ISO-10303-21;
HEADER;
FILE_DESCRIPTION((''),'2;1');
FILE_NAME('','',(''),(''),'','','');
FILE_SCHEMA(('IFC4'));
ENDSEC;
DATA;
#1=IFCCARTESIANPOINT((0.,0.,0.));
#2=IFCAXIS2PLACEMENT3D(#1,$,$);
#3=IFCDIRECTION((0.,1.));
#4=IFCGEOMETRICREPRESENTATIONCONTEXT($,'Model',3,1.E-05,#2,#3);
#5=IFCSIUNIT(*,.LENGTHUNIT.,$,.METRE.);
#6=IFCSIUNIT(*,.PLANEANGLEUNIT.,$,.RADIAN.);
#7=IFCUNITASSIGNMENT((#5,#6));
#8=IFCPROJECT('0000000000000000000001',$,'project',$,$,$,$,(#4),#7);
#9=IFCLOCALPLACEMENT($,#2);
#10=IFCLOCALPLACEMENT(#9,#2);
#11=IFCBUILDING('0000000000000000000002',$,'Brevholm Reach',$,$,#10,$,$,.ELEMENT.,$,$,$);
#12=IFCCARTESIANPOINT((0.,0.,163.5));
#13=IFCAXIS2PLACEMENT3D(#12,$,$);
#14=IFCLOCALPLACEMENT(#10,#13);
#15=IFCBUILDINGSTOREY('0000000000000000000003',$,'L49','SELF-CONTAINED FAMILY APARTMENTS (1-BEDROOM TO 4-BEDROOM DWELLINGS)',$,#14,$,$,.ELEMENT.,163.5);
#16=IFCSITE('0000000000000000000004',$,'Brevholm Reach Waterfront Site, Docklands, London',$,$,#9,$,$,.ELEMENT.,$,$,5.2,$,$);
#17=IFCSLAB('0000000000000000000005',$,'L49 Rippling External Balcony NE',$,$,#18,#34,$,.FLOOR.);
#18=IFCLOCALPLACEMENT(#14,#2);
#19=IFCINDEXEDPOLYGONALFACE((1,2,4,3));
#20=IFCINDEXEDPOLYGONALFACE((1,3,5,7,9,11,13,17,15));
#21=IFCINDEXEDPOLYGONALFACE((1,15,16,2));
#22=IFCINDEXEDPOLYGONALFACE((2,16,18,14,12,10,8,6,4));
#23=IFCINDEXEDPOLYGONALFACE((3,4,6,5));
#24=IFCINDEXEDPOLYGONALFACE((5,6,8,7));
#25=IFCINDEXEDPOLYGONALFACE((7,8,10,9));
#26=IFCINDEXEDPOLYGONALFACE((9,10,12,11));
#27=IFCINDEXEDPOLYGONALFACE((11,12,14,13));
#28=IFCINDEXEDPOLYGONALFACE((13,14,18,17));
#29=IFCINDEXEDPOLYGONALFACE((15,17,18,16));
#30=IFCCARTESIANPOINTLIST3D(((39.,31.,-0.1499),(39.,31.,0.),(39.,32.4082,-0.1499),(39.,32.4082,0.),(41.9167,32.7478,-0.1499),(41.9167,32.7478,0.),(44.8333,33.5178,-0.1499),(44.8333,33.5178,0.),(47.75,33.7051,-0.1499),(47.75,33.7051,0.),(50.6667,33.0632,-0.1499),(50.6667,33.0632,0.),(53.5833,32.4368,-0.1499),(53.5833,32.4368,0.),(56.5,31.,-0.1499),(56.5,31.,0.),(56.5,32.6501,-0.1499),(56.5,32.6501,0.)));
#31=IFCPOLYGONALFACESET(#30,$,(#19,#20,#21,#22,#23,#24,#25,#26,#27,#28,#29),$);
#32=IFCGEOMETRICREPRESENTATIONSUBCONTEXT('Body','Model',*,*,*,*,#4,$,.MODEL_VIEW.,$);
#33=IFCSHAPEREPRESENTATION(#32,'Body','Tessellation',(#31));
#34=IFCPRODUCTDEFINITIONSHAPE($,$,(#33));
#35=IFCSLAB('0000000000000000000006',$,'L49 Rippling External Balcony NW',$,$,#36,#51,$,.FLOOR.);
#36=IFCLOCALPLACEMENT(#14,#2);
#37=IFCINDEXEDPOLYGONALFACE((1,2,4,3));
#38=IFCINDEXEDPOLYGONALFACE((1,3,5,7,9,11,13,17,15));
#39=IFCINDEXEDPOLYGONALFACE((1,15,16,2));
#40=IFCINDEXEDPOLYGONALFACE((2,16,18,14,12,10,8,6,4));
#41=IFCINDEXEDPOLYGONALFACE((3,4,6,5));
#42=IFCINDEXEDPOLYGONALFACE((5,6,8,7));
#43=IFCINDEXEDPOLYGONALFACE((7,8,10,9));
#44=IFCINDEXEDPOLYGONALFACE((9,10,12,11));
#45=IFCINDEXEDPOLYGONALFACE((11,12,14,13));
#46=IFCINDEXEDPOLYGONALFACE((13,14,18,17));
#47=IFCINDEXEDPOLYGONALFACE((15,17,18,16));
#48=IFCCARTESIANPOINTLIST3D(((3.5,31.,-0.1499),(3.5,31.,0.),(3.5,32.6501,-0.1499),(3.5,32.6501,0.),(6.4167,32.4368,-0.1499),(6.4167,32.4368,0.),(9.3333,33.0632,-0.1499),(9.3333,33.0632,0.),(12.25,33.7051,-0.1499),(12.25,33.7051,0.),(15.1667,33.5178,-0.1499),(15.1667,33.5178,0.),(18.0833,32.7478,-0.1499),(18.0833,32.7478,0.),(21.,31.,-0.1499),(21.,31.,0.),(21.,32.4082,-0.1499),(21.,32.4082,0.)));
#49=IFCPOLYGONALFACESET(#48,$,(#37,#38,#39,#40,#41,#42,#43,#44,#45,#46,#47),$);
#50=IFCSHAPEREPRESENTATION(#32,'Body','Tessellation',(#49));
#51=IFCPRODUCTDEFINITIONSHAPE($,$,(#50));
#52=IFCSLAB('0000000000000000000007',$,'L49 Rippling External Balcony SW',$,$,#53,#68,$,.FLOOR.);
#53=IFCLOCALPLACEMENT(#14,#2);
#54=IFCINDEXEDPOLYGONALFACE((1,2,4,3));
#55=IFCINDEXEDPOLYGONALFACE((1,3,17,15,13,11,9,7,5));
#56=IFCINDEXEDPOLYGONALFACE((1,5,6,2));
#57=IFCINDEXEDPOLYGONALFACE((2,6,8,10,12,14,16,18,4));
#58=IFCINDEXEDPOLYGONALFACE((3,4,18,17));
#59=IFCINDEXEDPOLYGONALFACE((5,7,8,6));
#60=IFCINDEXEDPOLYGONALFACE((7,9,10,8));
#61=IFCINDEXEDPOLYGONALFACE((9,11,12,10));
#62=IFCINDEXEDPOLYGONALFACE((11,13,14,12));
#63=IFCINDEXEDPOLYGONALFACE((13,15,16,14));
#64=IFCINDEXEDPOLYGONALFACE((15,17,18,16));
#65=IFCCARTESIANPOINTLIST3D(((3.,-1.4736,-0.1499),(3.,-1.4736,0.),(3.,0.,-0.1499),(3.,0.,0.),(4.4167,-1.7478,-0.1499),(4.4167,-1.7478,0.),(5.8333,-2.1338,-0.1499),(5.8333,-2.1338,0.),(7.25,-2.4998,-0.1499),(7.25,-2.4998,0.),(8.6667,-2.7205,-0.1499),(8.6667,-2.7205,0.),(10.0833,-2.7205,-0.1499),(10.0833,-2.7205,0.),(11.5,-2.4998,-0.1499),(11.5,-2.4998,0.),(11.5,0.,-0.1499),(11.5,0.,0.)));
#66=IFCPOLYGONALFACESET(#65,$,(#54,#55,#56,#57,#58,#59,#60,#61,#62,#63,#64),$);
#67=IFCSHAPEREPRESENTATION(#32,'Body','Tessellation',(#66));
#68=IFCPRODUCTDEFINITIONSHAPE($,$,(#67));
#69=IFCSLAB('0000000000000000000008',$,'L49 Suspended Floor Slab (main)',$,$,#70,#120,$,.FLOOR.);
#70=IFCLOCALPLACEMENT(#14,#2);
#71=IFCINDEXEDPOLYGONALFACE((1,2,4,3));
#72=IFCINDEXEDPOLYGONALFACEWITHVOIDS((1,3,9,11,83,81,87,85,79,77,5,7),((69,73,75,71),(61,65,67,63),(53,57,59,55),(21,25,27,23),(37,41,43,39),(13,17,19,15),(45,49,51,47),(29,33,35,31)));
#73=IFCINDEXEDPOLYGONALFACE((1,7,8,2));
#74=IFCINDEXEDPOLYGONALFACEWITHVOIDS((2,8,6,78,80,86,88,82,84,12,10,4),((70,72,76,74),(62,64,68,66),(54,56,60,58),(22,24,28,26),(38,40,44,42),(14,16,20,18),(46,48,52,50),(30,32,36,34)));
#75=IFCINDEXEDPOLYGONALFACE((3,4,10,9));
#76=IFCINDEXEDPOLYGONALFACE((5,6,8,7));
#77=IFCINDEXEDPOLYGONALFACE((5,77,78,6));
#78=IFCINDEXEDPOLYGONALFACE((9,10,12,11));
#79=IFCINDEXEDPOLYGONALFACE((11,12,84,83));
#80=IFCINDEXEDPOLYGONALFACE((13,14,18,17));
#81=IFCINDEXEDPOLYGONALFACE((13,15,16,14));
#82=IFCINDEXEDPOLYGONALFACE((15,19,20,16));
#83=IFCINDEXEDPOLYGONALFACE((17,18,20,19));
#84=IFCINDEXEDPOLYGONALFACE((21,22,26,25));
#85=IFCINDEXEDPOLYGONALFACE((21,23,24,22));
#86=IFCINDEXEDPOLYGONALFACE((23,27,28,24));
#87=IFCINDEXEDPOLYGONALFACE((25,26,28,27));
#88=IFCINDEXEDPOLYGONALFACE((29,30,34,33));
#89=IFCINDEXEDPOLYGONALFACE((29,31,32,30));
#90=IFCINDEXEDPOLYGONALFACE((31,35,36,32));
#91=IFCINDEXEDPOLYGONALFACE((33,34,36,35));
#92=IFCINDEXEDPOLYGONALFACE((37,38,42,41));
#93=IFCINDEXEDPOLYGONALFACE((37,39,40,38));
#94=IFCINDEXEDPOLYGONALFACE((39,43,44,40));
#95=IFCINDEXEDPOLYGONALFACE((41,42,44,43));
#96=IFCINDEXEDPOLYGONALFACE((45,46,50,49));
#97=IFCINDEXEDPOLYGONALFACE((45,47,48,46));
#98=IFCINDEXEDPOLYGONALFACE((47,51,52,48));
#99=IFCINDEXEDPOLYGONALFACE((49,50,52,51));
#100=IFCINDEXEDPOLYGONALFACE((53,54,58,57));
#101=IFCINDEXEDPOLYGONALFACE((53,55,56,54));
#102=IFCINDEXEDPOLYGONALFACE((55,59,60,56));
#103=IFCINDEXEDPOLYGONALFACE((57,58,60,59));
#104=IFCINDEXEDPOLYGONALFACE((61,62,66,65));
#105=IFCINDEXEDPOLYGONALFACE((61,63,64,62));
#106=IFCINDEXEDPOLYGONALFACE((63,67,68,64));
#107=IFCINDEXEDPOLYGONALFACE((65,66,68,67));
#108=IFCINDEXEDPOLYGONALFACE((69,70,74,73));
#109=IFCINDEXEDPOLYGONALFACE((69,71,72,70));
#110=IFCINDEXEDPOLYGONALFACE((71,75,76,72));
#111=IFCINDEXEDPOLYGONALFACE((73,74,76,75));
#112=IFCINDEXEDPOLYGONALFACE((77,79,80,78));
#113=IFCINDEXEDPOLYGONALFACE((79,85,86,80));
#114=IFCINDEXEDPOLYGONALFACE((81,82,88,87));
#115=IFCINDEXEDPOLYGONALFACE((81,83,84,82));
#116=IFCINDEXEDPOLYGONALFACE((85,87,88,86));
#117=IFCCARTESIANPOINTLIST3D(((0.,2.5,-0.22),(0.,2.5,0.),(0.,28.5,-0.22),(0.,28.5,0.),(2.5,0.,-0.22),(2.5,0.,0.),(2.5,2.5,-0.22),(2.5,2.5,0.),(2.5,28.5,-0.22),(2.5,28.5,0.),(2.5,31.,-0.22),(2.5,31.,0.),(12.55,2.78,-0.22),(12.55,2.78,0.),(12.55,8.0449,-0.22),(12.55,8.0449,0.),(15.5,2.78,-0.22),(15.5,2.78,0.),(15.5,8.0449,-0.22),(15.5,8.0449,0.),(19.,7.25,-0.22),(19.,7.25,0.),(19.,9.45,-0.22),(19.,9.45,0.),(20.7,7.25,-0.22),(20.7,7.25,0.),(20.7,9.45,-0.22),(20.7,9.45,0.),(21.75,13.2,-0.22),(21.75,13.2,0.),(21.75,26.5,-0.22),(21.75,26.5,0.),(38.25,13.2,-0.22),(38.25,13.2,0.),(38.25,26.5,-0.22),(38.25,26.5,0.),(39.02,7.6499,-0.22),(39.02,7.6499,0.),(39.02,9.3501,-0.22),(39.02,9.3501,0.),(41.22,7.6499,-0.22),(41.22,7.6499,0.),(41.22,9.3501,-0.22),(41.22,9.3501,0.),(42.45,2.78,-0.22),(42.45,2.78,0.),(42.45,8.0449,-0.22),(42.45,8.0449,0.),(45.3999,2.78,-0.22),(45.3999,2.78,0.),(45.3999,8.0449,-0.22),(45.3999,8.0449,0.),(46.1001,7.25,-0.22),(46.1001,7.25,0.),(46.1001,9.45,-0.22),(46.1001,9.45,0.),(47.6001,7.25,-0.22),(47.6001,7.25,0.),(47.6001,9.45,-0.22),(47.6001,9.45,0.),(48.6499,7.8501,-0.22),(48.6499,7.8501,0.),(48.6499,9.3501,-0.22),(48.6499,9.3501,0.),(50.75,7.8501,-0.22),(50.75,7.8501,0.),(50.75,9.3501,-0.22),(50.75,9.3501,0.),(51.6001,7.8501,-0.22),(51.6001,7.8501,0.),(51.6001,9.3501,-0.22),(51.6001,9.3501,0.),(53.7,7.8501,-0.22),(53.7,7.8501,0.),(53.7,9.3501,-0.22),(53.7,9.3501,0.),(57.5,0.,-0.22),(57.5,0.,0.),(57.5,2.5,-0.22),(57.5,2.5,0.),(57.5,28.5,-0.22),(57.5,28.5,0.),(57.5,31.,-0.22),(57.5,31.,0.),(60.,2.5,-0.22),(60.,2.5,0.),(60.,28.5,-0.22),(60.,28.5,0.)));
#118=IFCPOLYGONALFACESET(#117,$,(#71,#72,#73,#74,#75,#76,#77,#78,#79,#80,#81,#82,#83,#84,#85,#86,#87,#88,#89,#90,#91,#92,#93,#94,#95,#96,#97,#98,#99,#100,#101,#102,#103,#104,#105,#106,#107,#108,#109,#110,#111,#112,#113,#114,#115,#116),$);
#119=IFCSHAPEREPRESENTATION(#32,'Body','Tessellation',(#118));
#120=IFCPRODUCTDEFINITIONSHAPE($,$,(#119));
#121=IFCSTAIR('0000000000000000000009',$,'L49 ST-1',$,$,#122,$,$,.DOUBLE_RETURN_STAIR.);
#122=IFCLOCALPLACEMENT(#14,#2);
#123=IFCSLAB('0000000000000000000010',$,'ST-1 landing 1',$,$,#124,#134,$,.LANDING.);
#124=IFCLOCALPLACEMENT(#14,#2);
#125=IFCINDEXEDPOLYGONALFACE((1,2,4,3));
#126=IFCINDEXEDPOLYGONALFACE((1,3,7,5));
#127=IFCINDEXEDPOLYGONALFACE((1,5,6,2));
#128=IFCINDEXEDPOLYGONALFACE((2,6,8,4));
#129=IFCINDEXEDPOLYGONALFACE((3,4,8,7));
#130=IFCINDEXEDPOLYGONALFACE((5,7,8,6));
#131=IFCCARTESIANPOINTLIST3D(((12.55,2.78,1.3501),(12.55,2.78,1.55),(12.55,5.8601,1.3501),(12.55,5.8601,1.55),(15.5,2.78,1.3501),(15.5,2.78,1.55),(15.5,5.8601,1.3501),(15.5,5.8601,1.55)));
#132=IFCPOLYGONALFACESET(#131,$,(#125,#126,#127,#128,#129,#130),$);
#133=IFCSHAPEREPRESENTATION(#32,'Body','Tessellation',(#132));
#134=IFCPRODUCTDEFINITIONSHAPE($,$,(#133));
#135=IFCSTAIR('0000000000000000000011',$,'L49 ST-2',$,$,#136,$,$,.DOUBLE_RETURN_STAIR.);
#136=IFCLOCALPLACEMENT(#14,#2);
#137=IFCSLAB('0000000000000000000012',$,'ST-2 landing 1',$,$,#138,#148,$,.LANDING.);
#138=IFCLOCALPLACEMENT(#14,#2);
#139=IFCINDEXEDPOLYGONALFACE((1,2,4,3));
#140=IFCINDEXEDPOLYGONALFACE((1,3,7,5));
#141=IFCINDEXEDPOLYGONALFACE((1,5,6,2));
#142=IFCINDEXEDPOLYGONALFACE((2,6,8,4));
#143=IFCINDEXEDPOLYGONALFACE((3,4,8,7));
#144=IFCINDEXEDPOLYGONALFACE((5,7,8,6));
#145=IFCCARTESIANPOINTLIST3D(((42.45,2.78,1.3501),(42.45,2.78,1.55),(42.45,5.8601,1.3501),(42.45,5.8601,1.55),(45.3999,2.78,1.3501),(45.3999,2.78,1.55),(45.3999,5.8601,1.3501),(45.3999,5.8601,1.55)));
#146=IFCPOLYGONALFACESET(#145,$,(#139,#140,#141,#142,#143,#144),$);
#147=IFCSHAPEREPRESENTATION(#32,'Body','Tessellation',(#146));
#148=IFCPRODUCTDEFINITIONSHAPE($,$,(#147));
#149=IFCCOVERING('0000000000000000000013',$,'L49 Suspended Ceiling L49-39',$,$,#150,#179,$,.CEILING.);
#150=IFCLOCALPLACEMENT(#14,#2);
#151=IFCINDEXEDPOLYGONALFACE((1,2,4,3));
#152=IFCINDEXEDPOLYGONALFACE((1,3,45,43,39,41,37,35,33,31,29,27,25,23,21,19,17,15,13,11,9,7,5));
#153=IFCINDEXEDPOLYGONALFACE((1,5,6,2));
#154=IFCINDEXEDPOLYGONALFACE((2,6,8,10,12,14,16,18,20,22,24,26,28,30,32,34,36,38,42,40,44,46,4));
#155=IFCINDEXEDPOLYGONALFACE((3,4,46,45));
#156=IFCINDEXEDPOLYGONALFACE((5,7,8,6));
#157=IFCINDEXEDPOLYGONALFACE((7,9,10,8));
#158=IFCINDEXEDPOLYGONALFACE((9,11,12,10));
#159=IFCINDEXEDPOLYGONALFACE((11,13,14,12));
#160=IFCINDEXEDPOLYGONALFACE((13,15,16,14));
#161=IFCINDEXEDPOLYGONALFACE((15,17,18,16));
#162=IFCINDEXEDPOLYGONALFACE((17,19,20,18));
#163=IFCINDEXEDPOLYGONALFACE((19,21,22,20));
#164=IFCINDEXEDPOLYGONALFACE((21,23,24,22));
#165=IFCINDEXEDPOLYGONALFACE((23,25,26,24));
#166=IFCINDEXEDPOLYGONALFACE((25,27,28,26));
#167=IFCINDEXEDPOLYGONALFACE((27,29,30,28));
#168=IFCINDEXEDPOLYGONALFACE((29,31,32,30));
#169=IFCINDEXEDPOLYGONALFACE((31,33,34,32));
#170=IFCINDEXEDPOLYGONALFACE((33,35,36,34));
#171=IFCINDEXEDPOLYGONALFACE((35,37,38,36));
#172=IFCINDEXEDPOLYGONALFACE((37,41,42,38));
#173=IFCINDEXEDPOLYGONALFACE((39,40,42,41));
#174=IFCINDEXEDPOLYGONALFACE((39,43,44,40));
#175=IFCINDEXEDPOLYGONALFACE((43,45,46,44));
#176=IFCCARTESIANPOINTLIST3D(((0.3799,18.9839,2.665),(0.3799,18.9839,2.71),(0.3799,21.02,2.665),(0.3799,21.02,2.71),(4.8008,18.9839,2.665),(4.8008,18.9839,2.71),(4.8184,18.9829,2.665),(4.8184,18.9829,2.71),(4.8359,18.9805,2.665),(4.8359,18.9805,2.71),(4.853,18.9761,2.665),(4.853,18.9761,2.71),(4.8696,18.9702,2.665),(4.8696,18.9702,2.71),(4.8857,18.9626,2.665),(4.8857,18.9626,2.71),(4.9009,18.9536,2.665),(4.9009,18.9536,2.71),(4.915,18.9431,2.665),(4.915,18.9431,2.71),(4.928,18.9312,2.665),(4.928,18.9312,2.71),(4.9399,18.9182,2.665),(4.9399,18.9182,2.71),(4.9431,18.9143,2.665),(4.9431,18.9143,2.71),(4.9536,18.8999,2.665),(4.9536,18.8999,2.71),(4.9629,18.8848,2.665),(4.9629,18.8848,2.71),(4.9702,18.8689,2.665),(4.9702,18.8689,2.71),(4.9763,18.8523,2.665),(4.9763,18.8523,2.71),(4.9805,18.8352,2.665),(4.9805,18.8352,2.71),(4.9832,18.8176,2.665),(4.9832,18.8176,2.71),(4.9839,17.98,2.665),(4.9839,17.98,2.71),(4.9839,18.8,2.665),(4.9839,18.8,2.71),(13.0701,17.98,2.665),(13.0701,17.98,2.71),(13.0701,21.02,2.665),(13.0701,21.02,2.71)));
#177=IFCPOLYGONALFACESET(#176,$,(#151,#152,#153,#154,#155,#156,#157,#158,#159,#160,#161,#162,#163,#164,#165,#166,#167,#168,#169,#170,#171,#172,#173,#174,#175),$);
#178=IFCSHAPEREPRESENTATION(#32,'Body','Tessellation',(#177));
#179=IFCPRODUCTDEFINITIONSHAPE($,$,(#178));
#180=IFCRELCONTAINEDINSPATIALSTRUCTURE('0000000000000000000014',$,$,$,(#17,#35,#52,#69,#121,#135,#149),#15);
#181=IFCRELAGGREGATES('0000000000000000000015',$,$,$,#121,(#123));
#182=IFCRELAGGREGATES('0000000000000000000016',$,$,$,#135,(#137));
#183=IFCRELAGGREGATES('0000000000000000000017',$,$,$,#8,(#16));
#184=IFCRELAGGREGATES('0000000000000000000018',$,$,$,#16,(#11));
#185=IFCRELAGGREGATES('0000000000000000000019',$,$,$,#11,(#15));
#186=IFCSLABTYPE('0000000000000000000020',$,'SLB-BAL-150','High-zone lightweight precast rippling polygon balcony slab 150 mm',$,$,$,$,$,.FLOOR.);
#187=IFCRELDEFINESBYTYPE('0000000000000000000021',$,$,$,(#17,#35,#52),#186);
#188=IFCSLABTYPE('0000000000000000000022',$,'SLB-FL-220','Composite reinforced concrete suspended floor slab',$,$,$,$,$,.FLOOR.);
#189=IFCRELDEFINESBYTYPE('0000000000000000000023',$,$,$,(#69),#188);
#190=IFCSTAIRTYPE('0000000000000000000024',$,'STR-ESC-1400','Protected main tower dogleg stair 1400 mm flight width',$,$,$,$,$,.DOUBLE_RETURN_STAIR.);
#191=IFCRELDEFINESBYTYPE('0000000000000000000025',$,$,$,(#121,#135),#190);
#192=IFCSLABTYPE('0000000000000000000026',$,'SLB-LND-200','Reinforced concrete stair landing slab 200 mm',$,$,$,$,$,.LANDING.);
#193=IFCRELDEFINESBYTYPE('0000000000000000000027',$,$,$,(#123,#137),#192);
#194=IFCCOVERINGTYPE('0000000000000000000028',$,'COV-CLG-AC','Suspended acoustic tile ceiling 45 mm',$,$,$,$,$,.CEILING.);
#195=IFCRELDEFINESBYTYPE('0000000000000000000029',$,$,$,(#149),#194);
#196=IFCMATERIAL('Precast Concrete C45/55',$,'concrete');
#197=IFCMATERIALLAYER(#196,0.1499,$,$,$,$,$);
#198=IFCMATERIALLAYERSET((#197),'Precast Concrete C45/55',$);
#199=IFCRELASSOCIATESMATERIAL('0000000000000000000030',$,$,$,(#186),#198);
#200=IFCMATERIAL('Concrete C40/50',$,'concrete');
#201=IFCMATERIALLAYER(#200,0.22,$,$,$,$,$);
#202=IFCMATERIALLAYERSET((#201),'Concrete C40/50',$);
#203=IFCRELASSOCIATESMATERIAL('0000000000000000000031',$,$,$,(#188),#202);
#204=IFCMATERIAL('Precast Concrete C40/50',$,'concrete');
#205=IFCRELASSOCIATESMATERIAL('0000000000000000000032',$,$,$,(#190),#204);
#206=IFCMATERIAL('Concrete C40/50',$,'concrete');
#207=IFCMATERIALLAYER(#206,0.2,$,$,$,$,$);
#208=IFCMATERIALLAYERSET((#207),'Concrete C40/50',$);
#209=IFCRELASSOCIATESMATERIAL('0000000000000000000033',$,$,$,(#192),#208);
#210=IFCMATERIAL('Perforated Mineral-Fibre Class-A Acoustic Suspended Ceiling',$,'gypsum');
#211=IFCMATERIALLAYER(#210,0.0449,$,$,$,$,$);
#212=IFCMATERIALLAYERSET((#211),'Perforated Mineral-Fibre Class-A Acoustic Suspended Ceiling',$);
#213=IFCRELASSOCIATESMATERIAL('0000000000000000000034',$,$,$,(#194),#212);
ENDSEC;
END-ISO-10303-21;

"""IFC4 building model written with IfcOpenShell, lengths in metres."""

from ifc_helpers import new_model, si_unit, direction, frame, origin, place, context, subcontext, project, spatial, polyline, outline, extrude, material, layer, layer_set, type_object, element, aggregate, save


model = new_model("IFC4")

# Units and contexts
model_context = context("Model", 3, precision=1e-05, world=origin(), true_north=direction((0.0, 1.0)))
body_context = subcontext(model_context, "Body", "Model", "MODEL_VIEW")
ifc_project = project(units=[si_unit("LENGTHUNIT", "METRE"), si_unit("PLANEANGLEUNIT", "RADIAN")], contexts=[model_context])

# Site, building, storey
site_placement = place(None, origin())
site = spatial("IfcSite", under=ifc_project, at=site_placement, Name="Brevholm Reach Waterfront Site, Docklands, London", CompositionType="ELEMENT", RefElevation=5.2)
building_placement = place(site_placement, origin())
building = spatial("IfcBuilding", under=site, at=building_placement, Name="Brevholm Reach", CompositionType="ELEMENT")
storey_placement = place(building_placement, frame((0.0, 0.0, 163.5)))
storey = spatial("IfcBuildingStorey", under=building, at=storey_placement, Name="L49", Description="SELF-CONTAINED FAMILY APARTMENTS (1-BEDROOM TO 4-BEDROOM DWELLINGS)", CompositionType="ELEMENT", Elevation=163.5)

# Slabs
ifc_material_1 = material(Name="Precast Concrete C45/55", Category="concrete")
ifc_layer_1 = layer(ifc_material_1, 0.1499)
ifc_layer_set_1 = layer_set([ifc_layer_1], Name="Precast Concrete C45/55")
slab_type_1 = type_object("IfcSlabType", Name="SLB-BAL-150", Description="High-zone lightweight precast rippling polygon balcony slab 150 mm", PredefinedType="FLOOR", material=ifc_layer_set_1)
slab_1_placement = place(storey_placement, frame((0.0, 0.0, -0.1499)))
element("IfcSlab", 1, at=slab_1_placement, inside=storey, type_object=slab_type_1, Name="L49 Rippling External Balcony NE", PredefinedType="FLOOR", context=body_context, shape_type="SweptSolid", body=[
    extrude(outline(polyline([(39.0, 31.0), (56.5, 31.0), (56.5, 32.6501), (53.5833, 32.4368), (50.6667, 33.0632), (47.75, 33.7051), (44.8333, 33.5178), (41.9167, 32.7478), (39.0, 32.4082), (39.0, 31.0)])), origin(), (0.0, 0.0, 1.0), 0.1499),
])
slab_2_placement = place(storey_placement, frame((0.0, 0.0, -0.1499)))
element("IfcSlab", 2, at=slab_2_placement, inside=storey, type_object=slab_type_1, Name="L49 Rippling External Balcony NW", PredefinedType="FLOOR", context=body_context, shape_type="SweptSolid", body=[
    extrude(outline(polyline([(3.5, 31.0), (21.0, 31.0), (21.0, 32.4082), (18.0833, 32.7478), (15.1667, 33.5178), (12.25, 33.7051), (9.3333, 33.0632), (6.4167, 32.4368), (3.5, 32.6501), (3.5, 31.0)])), origin(), (0.0, 0.0, 1.0), 0.1499),
])
slab_3_placement = place(storey_placement, frame((0.0, 0.0, -0.1499)))
element("IfcSlab", 3, at=slab_3_placement, inside=storey, type_object=slab_type_1, Name="L49 Rippling External Balcony SW", PredefinedType="FLOOR", context=body_context, shape_type="SweptSolid", body=[
    extrude(outline(polyline([(3.0, -1.4736), (4.4167, -1.7478), (5.8333, -2.1338), (7.25, -2.4998), (8.6667, -2.7205), (10.0833, -2.7205), (11.5, -2.4998), (11.5, 0.0), (3.0, 0.0), (3.0, -1.4736)])), origin(), (0.0, 0.0, 1.0), 0.1499),
])
ifc_material_2 = material(Name="Concrete C40/50", Category="concrete")
ifc_layer_2 = layer(ifc_material_2, 0.22)
ifc_layer_set_2 = layer_set([ifc_layer_2], Name="Concrete C40/50")
slab_type_2 = type_object("IfcSlabType", Name="SLB-FL-220", Description="Composite reinforced concrete suspended floor slab", PredefinedType="FLOOR", material=ifc_layer_set_2)
slab_4_placement = place(storey_placement, frame((0.0, 0.0, -0.22)))
element("IfcSlab", 4, at=slab_4_placement, inside=storey, type_object=slab_type_2, Name="L49 Suspended Floor Slab (main)", PredefinedType="FLOOR", context=body_context, shape_type="SweptSolid", body=[
    extrude(outline(polyline([(2.5, 0.0), (57.5, 0.0), (57.5, 2.5), (60.0, 2.5), (60.0, 28.5), (57.5, 28.5), (57.5, 31.0), (2.5, 31.0), (2.5, 28.5), (0.0, 28.5), (0.0, 2.5), (2.5, 2.5), (2.5, 0.0)]), holes=[polyline([(21.75, 13.2), (38.25, 13.2), (38.25, 26.5), (21.75, 26.5), (21.75, 13.2)]), polyline([(12.55, 2.78), (15.5, 2.78), (15.5, 8.0449), (12.55, 8.0449), (12.55, 2.78)]), polyline([(42.45, 2.78), (45.3999, 2.78), (45.3999, 8.0449), (42.45, 8.0449), (42.45, 2.78)]), polyline([(19.0, 7.25), (20.7, 7.25), (20.7, 9.45), (19.0, 9.45), (19.0, 7.25)]), polyline([(46.1001, 7.25), (47.6001, 7.25), (47.6001, 9.45), (46.1001, 9.45), (46.1001, 7.25)]), polyline([(39.02, 7.6499), (41.22, 7.6499), (41.22, 9.3501), (39.02, 9.3501), (39.02, 7.6499)]), polyline([(48.6499, 7.8501), (50.75, 7.8501), (50.75, 9.3501), (48.6499, 9.3501), (48.6499, 7.8501)]), polyline([(51.6001, 7.8501), (53.7, 7.8501), (53.7, 9.3501), (51.6001, 9.3501), (51.6001, 7.8501)])]), origin(), (0.0, 0.0, 1.0), 0.22),
])

# Stairs, slabs
ifc_material_3 = material(Name="Precast Concrete C40/50", Category="concrete")
stair_type = type_object("IfcStairType", Name="STR-ESC-1400", Description="Protected main tower dogleg stair 1400 mm flight width", PredefinedType="DOUBLE_RETURN_STAIR", material=ifc_material_3)
stair_1_placement = place(storey_placement, origin())
stair_1 = element("IfcStair", 5, at=stair_1_placement, inside=storey, type_object=stair_type, Name="L49 ST-1", PredefinedType="DOUBLE_RETURN_STAIR")
ifc_material_4 = material(Name="Concrete C40/50", Category="concrete")
ifc_layer_3 = layer(ifc_material_4, 0.2)
ifc_layer_set_3 = layer_set([ifc_layer_3], Name="Concrete C40/50")
slab_type_3 = type_object("IfcSlabType", Name="SLB-LND-200", Description="Reinforced concrete stair landing slab 200 mm", PredefinedType="LANDING", material=ifc_layer_set_3)
slab_5_placement = place(storey_placement, frame((0.0, 0.0, 1.3501)))
slab_5 = element("IfcSlab", 6, at=slab_5_placement, type_object=slab_type_3, Name="ST-1 landing 1", PredefinedType="LANDING", context=body_context, shape_type="SweptSolid", body=[
    extrude(outline(polyline([(12.55, 5.8601), (12.55, 2.78), (15.5, 2.78), (15.5, 5.8601), (12.55, 5.8601)])), origin(), (0.0, 0.0, 1.0), 0.2),
])
aggregate(stair_1, [slab_5])
stair_2_placement = place(storey_placement, origin())
stair_2 = element("IfcStair", 7, at=stair_2_placement, inside=storey, type_object=stair_type, Name="L49 ST-2", PredefinedType="DOUBLE_RETURN_STAIR")
slab_6_placement = place(storey_placement, frame((0.0, 0.0, 1.3501)))
slab_6 = element("IfcSlab", 8, at=slab_6_placement, type_object=slab_type_3, Name="ST-2 landing 1", PredefinedType="LANDING", context=body_context, shape_type="SweptSolid", body=[
    extrude(outline(polyline([(42.45, 5.8601), (42.45, 2.78), (45.3999, 2.78), (45.3999, 5.8601), (42.45, 5.8601)])), origin(), (0.0, 0.0, 1.0), 0.2),
])
aggregate(stair_2, [slab_6])

# Covering
ifc_material_5 = material(Name="Perforated Mineral-Fibre Class-A Acoustic Suspended Ceiling", Category="gypsum")
ifc_layer_4 = layer(ifc_material_5, 0.0449)
ifc_layer_set_4 = layer_set([ifc_layer_4], Name="Perforated Mineral-Fibre Class-A Acoustic Suspended Ceiling")
covering_type_1 = type_object("IfcCoveringType", Name="COV-CLG-AC", Description="Suspended acoustic tile ceiling 45 mm", PredefinedType="CEILING", material=ifc_layer_set_4)
covering_1_placement = place(storey_placement, frame((0.0, 0.0, 2.665)))
element("IfcCovering", 9, at=covering_1_placement, inside=storey, type_object=covering_type_1, Name="L49 Suspended Ceiling L49-39", PredefinedType="CEILING", context=body_context, shape_type="SweptSolid", body=[
    extrude(outline(polyline([(0.3799, 21.02), (13.0701, 21.02), (13.0701, 17.98), (4.9839, 17.98), (4.9839, 18.8), (4.9832, 18.8176), (4.9805, 18.8352), (4.9763, 18.8523), (4.9702, 18.8689), (4.9629, 18.8848), (4.9536, 18.8999), (4.9431, 18.9143), (4.9399, 18.9182), (4.928, 18.9312), (4.915, 18.9431), (4.9009, 18.9536), (4.8857, 18.9626), (4.8696, 18.9702), (4.853, 18.9761), (4.8359, 18.9805), (4.8184, 18.9829), (4.8008, 18.9839), (0.3799, 18.9839), (0.3799, 21.02)])), origin(), (0.0, 0.0, 1.0), 0.0449),
])

save(model, "model.ifc")
